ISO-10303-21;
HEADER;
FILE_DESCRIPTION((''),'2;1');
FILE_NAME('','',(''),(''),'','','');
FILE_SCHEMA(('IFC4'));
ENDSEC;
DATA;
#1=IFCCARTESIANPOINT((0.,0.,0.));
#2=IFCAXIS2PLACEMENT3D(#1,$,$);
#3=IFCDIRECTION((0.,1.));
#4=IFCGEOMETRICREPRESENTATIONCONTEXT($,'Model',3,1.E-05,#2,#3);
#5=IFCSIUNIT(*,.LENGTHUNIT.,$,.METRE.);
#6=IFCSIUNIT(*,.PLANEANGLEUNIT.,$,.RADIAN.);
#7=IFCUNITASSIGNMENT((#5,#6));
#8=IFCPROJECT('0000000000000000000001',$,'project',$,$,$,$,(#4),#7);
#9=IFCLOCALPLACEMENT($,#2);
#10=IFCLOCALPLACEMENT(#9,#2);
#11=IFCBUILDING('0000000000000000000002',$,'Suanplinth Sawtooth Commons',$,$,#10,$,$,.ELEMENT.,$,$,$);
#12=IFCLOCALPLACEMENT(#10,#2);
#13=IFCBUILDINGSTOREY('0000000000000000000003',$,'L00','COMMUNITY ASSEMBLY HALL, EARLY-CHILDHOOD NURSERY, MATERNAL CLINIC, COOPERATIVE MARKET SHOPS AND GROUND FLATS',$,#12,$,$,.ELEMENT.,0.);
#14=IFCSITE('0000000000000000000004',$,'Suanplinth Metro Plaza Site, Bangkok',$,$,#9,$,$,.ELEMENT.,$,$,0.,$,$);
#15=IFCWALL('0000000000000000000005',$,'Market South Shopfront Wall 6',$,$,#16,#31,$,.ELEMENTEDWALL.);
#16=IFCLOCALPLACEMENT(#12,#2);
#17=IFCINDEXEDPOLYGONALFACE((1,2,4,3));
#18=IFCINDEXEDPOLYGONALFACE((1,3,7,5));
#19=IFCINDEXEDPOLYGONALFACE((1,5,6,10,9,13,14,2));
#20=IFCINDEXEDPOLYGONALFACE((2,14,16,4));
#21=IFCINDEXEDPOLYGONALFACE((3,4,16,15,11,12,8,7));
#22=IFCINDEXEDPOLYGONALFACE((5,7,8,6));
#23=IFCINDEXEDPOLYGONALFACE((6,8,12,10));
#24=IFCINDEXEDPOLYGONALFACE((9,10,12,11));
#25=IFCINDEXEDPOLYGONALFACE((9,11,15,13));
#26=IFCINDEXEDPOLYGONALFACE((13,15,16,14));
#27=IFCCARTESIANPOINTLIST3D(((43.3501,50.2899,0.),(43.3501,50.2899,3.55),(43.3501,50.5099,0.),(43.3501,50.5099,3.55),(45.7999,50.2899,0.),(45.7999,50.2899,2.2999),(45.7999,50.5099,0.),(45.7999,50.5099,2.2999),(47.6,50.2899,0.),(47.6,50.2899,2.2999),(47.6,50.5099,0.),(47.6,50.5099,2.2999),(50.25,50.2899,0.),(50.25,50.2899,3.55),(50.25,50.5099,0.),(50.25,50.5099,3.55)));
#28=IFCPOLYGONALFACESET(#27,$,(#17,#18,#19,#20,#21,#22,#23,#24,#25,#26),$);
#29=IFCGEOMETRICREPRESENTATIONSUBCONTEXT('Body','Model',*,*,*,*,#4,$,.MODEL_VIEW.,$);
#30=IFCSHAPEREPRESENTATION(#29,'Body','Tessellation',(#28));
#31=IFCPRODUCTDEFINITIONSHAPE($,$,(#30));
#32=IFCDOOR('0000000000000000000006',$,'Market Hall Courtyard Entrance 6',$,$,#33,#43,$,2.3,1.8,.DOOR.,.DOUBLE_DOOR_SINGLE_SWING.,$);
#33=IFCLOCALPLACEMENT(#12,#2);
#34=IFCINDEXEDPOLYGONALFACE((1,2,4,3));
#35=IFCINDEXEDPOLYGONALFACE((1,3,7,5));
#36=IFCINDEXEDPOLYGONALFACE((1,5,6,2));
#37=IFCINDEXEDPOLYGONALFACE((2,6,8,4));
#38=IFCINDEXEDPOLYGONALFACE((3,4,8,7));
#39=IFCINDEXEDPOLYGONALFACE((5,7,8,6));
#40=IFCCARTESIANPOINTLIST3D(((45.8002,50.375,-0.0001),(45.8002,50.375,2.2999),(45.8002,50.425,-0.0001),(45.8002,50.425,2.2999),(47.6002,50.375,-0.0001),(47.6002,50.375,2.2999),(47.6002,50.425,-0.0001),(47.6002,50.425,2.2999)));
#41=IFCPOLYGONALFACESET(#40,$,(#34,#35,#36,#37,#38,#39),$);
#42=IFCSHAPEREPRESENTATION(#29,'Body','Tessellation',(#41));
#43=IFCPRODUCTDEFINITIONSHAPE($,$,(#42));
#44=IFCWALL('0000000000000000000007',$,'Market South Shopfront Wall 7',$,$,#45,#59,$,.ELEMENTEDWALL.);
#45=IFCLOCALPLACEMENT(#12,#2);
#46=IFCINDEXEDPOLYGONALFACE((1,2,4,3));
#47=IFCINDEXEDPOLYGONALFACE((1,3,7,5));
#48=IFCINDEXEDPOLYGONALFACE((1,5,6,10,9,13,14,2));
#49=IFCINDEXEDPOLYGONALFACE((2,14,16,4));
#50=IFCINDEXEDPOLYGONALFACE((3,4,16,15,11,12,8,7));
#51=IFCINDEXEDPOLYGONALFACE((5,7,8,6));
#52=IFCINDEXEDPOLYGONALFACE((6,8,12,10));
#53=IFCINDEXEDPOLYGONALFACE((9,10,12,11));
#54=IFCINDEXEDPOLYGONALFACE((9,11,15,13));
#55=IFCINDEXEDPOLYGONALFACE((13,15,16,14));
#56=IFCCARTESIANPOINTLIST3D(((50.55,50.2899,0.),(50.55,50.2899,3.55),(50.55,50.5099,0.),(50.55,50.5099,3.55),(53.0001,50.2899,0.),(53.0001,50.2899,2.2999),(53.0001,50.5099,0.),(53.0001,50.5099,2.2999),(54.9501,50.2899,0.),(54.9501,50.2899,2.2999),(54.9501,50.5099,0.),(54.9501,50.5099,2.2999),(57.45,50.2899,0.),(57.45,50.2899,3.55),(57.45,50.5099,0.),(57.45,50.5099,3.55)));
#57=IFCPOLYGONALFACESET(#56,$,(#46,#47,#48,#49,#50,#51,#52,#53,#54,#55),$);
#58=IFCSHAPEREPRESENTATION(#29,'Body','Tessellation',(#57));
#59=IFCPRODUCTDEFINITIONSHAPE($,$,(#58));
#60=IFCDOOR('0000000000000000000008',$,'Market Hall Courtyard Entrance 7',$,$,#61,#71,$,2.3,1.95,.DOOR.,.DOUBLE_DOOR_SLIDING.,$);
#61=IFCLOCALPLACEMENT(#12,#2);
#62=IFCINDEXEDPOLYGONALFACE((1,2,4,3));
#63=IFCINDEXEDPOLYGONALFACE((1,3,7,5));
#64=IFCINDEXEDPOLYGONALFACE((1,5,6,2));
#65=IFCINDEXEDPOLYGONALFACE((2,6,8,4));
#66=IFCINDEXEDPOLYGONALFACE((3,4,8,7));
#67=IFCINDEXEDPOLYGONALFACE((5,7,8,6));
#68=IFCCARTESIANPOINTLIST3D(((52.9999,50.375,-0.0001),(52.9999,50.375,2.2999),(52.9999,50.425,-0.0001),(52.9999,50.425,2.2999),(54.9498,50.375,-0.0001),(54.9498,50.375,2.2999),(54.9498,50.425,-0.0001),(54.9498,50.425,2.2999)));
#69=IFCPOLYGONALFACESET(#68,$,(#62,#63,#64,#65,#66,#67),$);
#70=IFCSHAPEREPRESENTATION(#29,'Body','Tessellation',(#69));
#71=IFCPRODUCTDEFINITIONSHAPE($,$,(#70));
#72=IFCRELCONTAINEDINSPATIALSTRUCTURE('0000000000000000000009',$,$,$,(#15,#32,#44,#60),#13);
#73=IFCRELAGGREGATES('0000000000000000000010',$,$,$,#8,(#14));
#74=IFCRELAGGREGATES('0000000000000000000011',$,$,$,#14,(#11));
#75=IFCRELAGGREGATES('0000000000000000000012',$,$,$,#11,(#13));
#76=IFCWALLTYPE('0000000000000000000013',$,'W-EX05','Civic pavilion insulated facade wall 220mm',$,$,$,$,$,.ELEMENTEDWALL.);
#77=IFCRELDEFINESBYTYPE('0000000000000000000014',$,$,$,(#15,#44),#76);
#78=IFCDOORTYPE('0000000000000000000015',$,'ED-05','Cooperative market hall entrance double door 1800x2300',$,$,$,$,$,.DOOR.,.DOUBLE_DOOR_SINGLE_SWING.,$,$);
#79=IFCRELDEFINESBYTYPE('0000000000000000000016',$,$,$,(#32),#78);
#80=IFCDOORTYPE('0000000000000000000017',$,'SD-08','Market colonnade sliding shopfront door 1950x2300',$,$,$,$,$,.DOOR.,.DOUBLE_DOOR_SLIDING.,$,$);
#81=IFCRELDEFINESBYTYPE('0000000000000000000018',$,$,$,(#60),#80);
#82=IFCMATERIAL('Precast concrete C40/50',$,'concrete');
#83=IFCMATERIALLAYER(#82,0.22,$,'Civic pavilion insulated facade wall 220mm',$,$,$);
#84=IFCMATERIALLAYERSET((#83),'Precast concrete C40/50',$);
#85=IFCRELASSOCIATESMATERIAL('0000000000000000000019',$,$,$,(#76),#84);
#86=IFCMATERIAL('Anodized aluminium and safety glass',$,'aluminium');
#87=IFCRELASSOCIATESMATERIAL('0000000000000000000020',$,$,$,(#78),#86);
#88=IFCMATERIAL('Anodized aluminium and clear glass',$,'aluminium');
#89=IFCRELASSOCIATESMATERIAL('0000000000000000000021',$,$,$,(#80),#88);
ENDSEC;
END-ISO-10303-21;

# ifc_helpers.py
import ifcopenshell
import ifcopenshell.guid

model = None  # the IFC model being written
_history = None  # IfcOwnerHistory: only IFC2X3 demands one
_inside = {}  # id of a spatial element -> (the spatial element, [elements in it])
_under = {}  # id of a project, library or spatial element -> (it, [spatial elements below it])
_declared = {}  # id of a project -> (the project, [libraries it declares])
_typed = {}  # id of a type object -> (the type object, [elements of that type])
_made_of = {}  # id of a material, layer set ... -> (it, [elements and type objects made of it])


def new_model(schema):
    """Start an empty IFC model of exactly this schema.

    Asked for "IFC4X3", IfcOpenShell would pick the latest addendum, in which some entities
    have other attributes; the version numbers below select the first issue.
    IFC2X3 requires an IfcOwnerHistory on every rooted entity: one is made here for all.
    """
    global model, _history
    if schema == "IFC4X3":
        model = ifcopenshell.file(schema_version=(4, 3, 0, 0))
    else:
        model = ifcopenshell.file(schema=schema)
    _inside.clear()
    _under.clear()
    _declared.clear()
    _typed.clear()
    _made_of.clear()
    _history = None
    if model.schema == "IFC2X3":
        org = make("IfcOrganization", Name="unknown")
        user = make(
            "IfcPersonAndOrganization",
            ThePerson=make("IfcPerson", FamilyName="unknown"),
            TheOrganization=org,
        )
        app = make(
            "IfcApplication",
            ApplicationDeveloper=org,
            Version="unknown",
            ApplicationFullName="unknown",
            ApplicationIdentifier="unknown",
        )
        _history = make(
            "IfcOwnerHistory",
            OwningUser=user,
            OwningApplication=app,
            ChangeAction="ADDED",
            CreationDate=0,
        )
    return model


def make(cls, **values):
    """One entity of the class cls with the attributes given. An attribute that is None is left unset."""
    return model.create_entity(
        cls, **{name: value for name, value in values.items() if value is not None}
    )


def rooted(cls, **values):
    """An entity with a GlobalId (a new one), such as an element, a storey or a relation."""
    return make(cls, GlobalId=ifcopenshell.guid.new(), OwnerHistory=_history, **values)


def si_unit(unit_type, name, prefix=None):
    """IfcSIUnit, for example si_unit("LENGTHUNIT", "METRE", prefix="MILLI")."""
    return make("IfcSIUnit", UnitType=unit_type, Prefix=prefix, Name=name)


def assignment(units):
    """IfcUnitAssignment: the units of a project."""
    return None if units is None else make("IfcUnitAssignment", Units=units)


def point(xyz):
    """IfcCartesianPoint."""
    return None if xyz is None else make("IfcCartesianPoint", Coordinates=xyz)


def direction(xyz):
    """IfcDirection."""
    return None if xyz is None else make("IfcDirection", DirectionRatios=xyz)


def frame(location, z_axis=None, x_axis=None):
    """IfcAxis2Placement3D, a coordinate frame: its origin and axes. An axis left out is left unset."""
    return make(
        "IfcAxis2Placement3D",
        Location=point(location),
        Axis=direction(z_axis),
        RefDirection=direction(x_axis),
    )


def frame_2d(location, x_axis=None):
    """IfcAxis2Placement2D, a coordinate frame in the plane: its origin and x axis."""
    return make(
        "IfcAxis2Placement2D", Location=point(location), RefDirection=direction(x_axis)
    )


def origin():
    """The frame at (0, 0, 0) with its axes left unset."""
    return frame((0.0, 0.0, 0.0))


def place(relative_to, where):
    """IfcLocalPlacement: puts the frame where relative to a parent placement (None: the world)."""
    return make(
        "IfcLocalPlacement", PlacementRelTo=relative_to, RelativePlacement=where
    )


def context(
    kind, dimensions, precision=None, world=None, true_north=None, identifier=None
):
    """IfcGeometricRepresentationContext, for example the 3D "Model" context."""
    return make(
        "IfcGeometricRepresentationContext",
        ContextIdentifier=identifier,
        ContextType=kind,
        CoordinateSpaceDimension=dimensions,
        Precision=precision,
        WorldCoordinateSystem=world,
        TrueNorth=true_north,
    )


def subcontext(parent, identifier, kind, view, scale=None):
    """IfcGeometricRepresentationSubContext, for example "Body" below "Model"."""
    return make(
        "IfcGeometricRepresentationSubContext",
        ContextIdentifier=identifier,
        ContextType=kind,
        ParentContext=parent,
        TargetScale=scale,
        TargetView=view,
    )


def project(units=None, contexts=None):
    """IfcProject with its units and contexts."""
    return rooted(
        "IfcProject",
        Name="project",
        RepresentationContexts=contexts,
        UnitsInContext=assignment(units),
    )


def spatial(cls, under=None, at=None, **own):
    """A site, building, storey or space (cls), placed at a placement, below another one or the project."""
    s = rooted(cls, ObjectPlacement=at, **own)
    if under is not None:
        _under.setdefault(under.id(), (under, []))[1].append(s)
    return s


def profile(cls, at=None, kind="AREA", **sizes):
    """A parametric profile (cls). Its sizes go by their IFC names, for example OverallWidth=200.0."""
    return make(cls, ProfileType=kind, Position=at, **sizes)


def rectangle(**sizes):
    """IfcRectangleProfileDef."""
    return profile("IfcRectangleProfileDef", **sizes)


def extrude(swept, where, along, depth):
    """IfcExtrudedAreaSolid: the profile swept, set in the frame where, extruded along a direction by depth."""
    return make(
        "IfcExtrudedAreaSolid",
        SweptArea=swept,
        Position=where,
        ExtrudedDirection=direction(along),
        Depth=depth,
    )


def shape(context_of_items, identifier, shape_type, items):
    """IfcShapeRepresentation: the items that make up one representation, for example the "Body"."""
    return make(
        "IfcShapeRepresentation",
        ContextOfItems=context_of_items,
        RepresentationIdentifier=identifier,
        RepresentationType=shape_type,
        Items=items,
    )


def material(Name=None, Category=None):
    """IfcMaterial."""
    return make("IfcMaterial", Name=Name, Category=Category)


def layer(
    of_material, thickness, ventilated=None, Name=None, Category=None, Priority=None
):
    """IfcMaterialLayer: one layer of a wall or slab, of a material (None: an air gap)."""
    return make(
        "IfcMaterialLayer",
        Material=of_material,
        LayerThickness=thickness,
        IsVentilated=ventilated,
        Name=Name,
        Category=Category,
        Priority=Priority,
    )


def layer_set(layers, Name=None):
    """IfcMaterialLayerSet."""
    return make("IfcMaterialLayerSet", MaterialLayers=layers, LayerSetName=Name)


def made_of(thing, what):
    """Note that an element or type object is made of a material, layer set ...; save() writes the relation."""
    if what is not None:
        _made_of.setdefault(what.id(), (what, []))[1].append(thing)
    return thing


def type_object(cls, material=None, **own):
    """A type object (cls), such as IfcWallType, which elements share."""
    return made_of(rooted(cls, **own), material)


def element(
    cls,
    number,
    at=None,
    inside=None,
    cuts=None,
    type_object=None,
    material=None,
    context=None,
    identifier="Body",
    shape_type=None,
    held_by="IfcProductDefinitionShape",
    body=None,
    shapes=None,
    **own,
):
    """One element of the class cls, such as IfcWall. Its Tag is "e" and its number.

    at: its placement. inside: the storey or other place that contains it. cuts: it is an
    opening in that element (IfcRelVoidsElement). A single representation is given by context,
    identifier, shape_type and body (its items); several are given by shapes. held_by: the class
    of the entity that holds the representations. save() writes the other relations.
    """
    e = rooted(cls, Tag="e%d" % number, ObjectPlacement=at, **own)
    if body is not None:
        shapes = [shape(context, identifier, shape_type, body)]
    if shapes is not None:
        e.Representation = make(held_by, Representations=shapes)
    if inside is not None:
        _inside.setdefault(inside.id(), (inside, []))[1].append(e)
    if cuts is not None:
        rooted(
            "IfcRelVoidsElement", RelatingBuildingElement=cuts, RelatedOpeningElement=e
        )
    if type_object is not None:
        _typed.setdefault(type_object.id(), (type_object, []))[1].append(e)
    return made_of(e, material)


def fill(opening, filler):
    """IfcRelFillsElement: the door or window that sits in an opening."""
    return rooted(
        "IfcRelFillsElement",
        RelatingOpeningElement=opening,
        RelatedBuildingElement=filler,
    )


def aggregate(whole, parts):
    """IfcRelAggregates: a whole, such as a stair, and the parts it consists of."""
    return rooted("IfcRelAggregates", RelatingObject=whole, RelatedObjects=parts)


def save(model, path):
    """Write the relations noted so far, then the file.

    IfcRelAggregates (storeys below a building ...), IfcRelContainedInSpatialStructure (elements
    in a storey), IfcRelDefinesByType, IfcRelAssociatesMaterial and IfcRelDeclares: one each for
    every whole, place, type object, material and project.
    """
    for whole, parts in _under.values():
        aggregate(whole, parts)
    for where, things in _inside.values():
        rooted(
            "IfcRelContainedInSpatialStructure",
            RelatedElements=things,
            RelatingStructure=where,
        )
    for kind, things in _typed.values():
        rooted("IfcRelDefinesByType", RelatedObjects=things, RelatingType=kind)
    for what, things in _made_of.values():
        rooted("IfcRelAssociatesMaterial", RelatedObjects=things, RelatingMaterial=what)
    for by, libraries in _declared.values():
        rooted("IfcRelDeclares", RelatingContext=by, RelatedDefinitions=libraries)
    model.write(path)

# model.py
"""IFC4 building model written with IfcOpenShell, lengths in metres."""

from ifc_helpers import new_model, si_unit, direction, frame, frame_2d, origin, place, context, subcontext, project, spatial, rectangle, extrude, material, layer, layer_set, type_object, element, fill, save


model = new_model("IFC4")

# Units and contexts
model_context = context("Model", 3, precision=1e-05, world=origin(), true_north=direction((0.0, 1.0)))
body_context = subcontext(model_context, "Body", "Model", "MODEL_VIEW")
ifc_project = project(units=[si_unit("LENGTHUNIT", "METRE"), si_unit("PLANEANGLEUNIT", "RADIAN")], contexts=[model_context])

# Site, building, storey
site_placement = place(None, origin())
site = spatial("IfcSite", under=ifc_project, at=site_placement, Name="Suanplinth Metro Plaza Site, Bangkok", CompositionType="ELEMENT", RefElevation=0.0)
building_placement = place(site_placement, origin())
building = spatial("IfcBuilding", under=site, at=building_placement, Name="Suanplinth Sawtooth Commons", CompositionType="ELEMENT")
storey_placement = place(building_placement, origin())
storey = spatial("IfcBuildingStorey", under=building, at=storey_placement, Name="L00", Description="COMMUNITY ASSEMBLY HALL, EARLY-CHILDHOOD NURSERY, MATERNAL CLINIC, COOPERATIVE MARKET SHOPS AND GROUND FLATS", CompositionType="ELEMENT", Elevation=0.0)

# Shared definitions
ifc_material_1 = material(Name="Precast concrete C40/50", Category="concrete")

# Walls, openings, doors
ifc_layer_1 = layer(ifc_material_1, 0.22, Name="Civic pavilion insulated facade wall 220mm")
ifc_layer_set_1 = layer_set([ifc_layer_1], Name="Precast concrete C40/50")
wall_type = type_object("IfcWallType", Name="W-EX05", Description="Civic pavilion insulated facade wall 220mm", PredefinedType="ELEMENTEDWALL", material=ifc_layer_set_1)
wall_1_placement = place(storey_placement, frame((43.3501, 50.3999, 0.0), z_axis=(0.0, 0.0, 1.0), x_axis=(1.0, 0.0, 0.0)))
wall_1 = element("IfcWall", 1, at=wall_1_placement, inside=storey, type_object=wall_type, Name="Market South Shopfront Wall 6", PredefinedType="ELEMENTEDWALL", context=body_context, shape_type="SweptSolid", body=[
    extrude(rectangle(XDim=6.8999, YDim=0.22, at=frame_2d((3.45, 0.0))), origin(), (0.0, 0.0, 1.0), 3.55),
])
opening_1_placement = place(wall_1_placement, frame((2.45, 0.0, 0.0)))
opening_1 = element("IfcOpeningElement", 2, at=opening_1_placement, cuts=wall_1, PredefinedType="OPENING", context=body_context, shape_type="SweptSolid", body=[
    extrude(rectangle(XDim=1.8, YDim=2.3, at=frame_2d((0.8999, 1.1499))), frame((0.0, 0.125, 0.0), z_axis=(0.0, -1.0, 0.0), x_axis=(1.0, 0.0, 0.0)), (0.0, 0.0, 1.0), 0.2498),
])
ifc_material_2 = material(Name="Anodized aluminium and safety glass", Category="aluminium")
door_type_1 = type_object("IfcDoorType", Name="ED-05", Description="Cooperative market hall entrance double door 1800x2300", OperationType="DOUBLE_DOOR_SINGLE_SWING", PredefinedType="DOOR", material=ifc_material_2)
door_1_placement = place(opening_1_placement, frame((1.8, 0.0, 0.0), z_axis=(0.0, 0.0, 1.0), x_axis=(-1.0, 0.0, 0.0)))
door_1 = element("IfcDoor", 3, at=door_1_placement, inside=storey, type_object=door_type_1, Name="Market Hall Courtyard Entrance 6", OperationType="DOUBLE_DOOR_SINGLE_SWING", OverallHeight=2.3, OverallWidth=1.8, PredefinedType="DOOR", context=body_context, shape_type="SweptSolid", body=[
    extrude(rectangle(XDim=1.8, YDim=2.3, at=frame_2d((0.8999, 1.1499))), frame((0.0, 0.0249, 0.0), z_axis=(0.0, -1.0, 0.0), x_axis=(1.0, 0.0, 0.0)), (0.0, 0.0, 1.0), 0.05),
])
fill(opening_1, door_1)
wall_2_placement = place(storey_placement, frame((50.55, 50.3999, 0.0), z_axis=(0.0, 0.0, 1.0), x_axis=(1.0, 0.0, 0.0)))
wall_2 = element("IfcWall", 4, at=wall_2_placement, inside=storey, type_object=wall_type, Name="Market South Shopfront Wall 7", PredefinedType="ELEMENTEDWALL", context=body_context, shape_type="SweptSolid", body=[
    extrude(rectangle(XDim=6.8999, YDim=0.22, at=frame_2d((3.45, 0.0))), origin(), (0.0, 0.0, 1.0), 3.55),
])
opening_2_placement = place(wall_2_placement, frame((2.45, 0.0, 0.0)))
opening_2 = element("IfcOpeningElement", 5, at=opening_2_placement, cuts=wall_2, PredefinedType="OPENING", context=body_context, shape_type="SweptSolid", body=[
    extrude(rectangle(XDim=1.95, YDim=2.3, at=frame_2d((0.9751, 1.1499))), frame((0.0, 0.125, 0.0), z_axis=(0.0, -1.0, 0.0), x_axis=(1.0, 0.0, 0.0)), (0.0, 0.0, 1.0), 0.2498),
])
ifc_material_3 = material(Name="Anodized aluminium and clear glass", Category="aluminium")
door_type_2 = type_object("IfcDoorType", Name="SD-08", Description="Market colonnade sliding shopfront door 1950x2300", OperationType="DOUBLE_DOOR_SLIDING", PredefinedType="DOOR", material=ifc_material_3)
door_2_placement = place(opening_2_placement, frame((1.95, 0.0, 0.0), z_axis=(0.0, 0.0, 1.0), x_axis=(-1.0, 0.0, 0.0)))
door_2 = element("IfcDoor", 6, at=door_2_placement, inside=storey, type_object=door_type_2, Name="Market Hall Courtyard Entrance 7", OperationType="DOUBLE_DOOR_SLIDING", OverallHeight=2.3, OverallWidth=1.95, PredefinedType="DOOR", context=body_context, shape_type="SweptSolid", body=[
    extrude(rectangle(XDim=1.95, YDim=2.3, at=frame_2d((0.9751, 1.1499))), frame((0.0, 0.0249, 0.0), z_axis=(0.0, -1.0, 0.0), x_axis=(1.0, 0.0, 0.0)), (0.0, 0.0, 1.0), 0.05),
])
fill(opening_2, door_2)

save(model, "model.ifc")
